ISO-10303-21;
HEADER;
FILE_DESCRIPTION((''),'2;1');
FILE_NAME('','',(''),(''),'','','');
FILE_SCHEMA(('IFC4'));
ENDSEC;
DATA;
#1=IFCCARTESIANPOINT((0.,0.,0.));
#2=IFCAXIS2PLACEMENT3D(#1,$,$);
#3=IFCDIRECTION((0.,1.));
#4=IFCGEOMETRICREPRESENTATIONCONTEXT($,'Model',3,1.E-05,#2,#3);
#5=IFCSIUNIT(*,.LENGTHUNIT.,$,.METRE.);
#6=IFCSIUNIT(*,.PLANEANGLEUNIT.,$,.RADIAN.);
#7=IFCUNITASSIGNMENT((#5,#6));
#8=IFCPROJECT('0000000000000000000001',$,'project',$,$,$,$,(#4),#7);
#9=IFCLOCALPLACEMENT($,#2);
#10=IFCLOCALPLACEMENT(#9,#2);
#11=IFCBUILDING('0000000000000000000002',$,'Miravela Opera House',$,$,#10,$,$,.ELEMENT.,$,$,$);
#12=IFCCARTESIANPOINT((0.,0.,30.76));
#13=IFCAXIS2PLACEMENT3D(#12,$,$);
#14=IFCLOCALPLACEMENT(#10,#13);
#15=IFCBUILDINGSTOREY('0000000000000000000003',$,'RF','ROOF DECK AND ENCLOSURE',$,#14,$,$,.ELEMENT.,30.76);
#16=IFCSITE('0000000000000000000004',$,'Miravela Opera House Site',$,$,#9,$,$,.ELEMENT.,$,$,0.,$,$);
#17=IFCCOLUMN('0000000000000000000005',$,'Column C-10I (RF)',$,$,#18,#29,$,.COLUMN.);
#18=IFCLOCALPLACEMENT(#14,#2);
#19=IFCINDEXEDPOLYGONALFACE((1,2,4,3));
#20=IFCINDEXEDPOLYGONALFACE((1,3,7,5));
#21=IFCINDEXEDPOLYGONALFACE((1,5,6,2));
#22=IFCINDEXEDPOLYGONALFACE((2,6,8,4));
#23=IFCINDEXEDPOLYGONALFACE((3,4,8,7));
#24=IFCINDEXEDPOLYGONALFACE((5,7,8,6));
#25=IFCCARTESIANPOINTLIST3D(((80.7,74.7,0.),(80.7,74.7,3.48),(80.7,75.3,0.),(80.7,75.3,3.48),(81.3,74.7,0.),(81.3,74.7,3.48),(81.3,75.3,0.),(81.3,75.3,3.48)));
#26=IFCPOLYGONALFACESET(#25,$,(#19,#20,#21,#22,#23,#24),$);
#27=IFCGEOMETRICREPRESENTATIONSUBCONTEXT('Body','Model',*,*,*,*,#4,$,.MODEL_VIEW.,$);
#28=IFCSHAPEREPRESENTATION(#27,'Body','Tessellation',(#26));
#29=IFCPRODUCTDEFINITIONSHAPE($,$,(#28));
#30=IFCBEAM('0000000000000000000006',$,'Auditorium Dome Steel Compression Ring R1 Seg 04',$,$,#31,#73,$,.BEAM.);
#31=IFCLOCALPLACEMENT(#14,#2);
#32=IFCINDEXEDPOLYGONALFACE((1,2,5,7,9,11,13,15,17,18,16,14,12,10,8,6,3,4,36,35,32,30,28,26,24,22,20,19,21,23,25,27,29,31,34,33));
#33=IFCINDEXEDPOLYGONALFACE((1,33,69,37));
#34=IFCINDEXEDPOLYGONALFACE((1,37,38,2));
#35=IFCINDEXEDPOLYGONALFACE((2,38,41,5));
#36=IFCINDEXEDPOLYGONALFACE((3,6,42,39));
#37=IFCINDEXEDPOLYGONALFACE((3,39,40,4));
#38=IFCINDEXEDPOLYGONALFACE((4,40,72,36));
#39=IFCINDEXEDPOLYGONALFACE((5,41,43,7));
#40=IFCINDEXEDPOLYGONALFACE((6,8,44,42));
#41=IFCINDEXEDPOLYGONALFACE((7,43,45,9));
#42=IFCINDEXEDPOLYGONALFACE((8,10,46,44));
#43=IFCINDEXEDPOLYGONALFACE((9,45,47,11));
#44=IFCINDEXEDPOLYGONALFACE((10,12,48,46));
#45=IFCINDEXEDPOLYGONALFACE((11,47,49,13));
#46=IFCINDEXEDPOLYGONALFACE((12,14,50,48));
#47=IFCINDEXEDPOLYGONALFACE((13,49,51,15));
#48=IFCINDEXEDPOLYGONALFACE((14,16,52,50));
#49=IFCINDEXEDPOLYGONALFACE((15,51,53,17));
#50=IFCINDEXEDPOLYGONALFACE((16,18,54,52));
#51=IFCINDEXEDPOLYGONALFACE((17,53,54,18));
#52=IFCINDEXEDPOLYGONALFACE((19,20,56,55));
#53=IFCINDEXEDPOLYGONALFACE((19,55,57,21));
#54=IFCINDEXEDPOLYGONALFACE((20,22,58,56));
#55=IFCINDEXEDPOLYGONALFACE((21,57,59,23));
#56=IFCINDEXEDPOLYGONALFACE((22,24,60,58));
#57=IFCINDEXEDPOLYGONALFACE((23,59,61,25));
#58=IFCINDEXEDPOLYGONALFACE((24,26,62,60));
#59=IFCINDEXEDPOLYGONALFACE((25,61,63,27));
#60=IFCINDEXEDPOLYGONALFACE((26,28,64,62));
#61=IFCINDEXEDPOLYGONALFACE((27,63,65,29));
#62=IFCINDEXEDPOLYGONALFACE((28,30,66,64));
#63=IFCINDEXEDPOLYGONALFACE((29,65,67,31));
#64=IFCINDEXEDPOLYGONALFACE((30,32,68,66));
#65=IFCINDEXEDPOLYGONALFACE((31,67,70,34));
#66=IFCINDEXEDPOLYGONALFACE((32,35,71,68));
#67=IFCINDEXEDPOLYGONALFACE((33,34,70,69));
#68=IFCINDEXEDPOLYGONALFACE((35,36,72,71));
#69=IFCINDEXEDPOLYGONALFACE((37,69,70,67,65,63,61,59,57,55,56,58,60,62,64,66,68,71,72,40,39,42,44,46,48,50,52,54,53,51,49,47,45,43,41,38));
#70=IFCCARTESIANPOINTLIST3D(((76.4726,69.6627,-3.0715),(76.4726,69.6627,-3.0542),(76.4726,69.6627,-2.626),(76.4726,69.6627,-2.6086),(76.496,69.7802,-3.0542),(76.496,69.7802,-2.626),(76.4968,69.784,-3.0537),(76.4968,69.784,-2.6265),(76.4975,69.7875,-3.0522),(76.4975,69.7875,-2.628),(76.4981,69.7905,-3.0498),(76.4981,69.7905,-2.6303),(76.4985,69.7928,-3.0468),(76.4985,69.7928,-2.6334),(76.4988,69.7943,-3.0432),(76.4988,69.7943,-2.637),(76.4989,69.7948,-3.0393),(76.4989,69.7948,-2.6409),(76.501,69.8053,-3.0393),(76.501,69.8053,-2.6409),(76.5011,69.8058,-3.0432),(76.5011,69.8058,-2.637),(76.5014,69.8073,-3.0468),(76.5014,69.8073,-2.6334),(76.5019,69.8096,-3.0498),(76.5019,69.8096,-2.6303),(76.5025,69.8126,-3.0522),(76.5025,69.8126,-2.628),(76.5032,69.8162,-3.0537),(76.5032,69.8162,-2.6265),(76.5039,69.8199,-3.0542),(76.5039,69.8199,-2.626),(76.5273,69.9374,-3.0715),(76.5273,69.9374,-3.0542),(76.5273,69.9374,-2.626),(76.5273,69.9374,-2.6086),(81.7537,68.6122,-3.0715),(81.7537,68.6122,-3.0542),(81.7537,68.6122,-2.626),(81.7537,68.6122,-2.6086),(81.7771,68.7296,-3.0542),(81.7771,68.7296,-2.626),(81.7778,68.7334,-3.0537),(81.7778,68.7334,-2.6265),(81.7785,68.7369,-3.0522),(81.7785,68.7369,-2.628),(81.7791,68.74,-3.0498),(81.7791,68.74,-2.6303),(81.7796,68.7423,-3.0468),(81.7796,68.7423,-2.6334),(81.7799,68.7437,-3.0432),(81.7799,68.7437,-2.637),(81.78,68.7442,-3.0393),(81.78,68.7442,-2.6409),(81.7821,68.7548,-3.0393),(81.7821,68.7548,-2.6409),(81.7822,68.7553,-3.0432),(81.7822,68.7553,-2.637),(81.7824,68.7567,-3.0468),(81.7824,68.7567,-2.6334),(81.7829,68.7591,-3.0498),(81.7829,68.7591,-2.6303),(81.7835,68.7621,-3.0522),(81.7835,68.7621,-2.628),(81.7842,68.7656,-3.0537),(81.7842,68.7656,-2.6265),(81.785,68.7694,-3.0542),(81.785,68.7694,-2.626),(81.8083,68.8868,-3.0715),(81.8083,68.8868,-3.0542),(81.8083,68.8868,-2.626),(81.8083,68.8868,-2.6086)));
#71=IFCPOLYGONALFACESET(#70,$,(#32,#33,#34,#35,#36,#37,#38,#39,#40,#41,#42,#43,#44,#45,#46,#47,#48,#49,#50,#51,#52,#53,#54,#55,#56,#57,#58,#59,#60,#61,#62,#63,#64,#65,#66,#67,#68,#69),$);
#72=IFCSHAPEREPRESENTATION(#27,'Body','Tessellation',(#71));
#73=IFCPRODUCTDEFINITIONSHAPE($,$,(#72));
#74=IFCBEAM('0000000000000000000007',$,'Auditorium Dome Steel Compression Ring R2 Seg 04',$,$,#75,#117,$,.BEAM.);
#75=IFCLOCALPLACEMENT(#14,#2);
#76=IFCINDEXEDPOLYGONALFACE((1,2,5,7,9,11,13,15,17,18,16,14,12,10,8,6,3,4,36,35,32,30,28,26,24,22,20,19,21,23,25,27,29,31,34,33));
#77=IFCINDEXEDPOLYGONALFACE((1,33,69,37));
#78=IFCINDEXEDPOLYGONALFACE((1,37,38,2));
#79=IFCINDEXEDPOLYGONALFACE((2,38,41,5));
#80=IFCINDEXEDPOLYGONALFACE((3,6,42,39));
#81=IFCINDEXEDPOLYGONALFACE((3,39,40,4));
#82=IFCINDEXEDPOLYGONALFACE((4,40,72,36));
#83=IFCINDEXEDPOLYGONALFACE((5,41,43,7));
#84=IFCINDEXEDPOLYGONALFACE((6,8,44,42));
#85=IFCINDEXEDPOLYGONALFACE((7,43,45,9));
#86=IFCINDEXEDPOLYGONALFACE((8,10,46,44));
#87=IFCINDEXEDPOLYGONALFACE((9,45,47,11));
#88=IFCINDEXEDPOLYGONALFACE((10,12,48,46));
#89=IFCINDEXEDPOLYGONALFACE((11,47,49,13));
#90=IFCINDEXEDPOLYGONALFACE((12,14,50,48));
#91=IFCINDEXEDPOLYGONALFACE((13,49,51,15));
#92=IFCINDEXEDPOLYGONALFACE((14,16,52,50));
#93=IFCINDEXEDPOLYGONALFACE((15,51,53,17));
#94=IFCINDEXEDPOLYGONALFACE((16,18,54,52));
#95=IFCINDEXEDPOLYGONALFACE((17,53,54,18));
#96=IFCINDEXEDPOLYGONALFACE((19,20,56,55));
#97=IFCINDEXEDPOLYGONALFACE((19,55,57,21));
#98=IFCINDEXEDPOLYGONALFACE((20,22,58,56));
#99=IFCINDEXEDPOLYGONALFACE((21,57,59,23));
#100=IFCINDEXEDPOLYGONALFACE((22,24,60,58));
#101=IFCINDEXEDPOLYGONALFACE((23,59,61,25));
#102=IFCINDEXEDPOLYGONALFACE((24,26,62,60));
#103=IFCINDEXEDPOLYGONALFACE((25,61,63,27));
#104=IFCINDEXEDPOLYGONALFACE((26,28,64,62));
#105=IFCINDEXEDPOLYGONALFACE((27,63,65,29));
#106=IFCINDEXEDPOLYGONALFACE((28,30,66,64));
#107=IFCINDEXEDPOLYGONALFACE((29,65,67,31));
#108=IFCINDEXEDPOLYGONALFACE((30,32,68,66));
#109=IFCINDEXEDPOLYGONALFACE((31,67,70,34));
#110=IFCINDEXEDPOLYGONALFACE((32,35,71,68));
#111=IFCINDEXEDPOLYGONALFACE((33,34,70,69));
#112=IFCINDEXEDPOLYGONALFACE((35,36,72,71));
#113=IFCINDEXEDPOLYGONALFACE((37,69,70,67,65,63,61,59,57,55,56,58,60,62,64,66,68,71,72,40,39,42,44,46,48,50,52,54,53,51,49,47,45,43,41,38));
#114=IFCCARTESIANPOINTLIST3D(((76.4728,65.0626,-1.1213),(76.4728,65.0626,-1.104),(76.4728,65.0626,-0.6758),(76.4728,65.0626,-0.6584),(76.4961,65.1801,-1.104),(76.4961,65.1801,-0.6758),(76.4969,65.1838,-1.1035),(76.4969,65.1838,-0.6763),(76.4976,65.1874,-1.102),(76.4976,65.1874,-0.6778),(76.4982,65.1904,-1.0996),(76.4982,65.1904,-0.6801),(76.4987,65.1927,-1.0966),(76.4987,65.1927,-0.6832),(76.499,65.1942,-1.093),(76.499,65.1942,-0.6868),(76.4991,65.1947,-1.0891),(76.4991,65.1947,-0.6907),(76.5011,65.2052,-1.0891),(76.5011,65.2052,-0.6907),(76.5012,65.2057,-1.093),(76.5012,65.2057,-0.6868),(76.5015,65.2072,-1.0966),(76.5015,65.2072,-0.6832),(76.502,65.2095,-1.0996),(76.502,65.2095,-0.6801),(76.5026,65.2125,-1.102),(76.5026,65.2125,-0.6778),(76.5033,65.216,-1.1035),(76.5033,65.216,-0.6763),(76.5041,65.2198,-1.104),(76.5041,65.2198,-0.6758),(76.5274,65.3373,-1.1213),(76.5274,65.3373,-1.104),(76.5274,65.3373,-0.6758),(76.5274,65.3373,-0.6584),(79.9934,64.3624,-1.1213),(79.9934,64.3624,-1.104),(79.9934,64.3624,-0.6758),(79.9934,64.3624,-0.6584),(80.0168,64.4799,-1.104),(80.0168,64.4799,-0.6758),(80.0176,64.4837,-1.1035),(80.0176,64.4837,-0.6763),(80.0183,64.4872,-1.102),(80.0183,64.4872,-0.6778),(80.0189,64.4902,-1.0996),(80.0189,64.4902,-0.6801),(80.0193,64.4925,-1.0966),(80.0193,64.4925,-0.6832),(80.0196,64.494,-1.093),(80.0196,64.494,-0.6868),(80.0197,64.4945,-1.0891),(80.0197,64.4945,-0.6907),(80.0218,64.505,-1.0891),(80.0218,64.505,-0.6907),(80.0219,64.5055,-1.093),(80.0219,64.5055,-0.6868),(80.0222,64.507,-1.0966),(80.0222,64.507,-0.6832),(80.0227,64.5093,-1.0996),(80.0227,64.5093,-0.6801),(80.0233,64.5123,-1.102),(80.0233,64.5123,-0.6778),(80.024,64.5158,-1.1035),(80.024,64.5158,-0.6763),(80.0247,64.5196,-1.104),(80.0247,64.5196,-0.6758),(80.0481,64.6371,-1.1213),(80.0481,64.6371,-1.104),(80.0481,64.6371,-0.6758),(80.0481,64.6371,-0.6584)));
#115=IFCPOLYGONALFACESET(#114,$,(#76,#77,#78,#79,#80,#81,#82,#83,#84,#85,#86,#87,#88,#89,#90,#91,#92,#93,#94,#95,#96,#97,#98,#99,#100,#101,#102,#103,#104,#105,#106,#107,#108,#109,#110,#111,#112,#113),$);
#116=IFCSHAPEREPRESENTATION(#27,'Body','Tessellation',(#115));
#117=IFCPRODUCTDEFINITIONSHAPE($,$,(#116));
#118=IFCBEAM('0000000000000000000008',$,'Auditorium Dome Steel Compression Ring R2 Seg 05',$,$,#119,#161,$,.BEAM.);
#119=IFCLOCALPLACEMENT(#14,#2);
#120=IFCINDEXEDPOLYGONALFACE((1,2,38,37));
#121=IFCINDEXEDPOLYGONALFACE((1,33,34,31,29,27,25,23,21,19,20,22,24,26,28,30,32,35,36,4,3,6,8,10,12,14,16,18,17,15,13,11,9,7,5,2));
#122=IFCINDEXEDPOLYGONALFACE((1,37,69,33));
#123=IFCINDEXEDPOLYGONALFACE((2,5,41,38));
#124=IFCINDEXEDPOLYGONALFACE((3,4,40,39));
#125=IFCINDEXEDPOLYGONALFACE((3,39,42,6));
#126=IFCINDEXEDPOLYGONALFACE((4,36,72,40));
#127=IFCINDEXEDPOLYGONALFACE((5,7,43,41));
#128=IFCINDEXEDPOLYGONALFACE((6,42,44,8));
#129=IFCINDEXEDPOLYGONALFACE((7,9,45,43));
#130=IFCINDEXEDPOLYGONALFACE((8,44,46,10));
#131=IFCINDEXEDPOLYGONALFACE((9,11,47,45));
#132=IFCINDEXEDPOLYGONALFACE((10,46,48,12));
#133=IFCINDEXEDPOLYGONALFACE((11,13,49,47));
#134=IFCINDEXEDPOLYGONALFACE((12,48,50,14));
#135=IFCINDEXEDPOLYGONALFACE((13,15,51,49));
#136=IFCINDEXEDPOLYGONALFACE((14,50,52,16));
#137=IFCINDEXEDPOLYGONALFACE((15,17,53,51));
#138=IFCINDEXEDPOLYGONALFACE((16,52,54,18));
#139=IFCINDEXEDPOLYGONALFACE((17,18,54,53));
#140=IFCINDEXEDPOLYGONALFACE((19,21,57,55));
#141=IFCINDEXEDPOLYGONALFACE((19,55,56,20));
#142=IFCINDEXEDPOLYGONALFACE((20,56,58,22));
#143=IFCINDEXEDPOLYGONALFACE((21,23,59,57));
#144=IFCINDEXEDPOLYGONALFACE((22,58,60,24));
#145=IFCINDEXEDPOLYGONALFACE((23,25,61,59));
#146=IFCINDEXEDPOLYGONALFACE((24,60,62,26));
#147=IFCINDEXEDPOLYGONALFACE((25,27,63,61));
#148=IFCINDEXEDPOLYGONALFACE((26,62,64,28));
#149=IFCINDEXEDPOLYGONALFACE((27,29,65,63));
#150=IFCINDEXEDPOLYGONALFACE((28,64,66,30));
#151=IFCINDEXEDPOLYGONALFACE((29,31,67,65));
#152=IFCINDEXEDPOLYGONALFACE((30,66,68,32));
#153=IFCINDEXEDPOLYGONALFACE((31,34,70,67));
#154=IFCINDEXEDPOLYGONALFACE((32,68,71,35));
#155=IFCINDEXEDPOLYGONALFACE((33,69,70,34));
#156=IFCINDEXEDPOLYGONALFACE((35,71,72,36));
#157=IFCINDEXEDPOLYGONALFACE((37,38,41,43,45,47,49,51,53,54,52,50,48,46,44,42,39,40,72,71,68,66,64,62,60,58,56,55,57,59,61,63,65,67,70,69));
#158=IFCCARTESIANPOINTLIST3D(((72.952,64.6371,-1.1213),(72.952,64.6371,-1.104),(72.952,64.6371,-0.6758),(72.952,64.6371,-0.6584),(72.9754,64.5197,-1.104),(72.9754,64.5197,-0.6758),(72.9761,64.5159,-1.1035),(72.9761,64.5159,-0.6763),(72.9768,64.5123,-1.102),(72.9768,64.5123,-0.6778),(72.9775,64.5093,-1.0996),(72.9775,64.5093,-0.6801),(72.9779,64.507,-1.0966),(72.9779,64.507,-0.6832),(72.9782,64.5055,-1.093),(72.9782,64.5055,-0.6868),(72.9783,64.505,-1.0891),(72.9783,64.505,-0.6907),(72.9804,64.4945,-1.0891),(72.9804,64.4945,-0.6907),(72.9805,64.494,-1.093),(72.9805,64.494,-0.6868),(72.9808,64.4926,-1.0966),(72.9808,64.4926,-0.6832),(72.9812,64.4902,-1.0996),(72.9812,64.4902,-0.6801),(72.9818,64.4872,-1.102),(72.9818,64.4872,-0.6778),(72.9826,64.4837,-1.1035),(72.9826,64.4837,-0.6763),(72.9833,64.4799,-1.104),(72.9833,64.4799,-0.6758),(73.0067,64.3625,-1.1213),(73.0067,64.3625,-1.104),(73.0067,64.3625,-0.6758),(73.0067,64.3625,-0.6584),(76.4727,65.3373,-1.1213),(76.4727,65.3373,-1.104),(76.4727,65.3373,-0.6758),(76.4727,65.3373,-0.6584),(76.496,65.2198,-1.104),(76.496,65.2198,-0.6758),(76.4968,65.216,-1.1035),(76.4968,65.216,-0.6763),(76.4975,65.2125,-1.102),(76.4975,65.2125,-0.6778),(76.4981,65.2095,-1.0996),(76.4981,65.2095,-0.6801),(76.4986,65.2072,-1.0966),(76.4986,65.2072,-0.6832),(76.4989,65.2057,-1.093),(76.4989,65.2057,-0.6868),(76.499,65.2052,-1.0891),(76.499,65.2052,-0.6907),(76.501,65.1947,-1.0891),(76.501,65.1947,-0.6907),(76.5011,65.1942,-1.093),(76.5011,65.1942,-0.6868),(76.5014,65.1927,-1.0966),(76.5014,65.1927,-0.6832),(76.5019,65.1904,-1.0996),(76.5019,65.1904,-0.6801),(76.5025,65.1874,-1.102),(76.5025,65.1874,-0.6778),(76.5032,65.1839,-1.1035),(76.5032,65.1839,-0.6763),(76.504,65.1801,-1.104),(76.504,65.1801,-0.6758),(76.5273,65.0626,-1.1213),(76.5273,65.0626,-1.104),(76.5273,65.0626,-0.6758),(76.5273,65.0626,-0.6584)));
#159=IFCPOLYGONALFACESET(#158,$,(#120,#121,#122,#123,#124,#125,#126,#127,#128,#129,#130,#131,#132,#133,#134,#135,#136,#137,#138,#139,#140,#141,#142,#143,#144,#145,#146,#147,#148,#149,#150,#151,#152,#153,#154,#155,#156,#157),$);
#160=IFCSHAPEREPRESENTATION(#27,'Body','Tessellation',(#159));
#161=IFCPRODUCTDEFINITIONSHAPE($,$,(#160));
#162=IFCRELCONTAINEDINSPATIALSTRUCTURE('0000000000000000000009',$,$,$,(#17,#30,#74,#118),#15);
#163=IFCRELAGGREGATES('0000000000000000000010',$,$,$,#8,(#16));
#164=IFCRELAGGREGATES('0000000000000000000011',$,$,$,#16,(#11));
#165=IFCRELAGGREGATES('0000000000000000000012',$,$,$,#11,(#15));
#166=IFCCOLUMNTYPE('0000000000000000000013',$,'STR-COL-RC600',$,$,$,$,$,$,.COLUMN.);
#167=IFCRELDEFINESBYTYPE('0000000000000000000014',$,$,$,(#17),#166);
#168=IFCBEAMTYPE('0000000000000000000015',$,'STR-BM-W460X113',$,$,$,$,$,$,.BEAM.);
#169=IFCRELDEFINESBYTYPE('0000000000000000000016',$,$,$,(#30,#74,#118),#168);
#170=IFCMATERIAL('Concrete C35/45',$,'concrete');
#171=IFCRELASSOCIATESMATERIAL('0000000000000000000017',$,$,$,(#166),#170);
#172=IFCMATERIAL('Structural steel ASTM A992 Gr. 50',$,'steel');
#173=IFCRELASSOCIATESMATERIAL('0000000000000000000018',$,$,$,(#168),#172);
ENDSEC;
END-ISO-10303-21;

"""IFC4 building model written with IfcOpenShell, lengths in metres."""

from ifc_helpers import new_model, si_unit, direction, frame, origin, origin_2d, place, context, subcontext, project, spatial, rectangle, i_section, extrude, material, material_profile, profile_set, type_object, element, save


model = new_model("IFC4")

# Units and contexts
model_context = context("Model", 3, precision=1e-05, world=origin(), true_north=direction((0.0, 1.0)))
body_context = subcontext(model_context, "Body", "Model", "MODEL_VIEW")
ifc_project = project(units=[si_unit("LENGTHUNIT", "METRE"), si_unit("PLANEANGLEUNIT", "RADIAN")], contexts=[model_context])

# Site, building, storey
site_placement = place(None, origin())
site = spatial("IfcSite", under=ifc_project, at=site_placement, Name="Miravela Opera House Site", CompositionType="ELEMENT", RefElevation=0.0)
building_placement = place(site_placement, origin())
building = spatial("IfcBuilding", under=site, at=building_placement, Name="Miravela Opera House", CompositionType="ELEMENT")
storey_placement = place(building_placement, frame((0.0, 0.0, 30.76)))
storey = spatial("IfcBuildingStorey", under=building, at=storey_placement, Name="RF", Description="ROOF DECK AND ENCLOSURE", CompositionType="ELEMENT", Elevation=30.76)

# Column
ifc_material_1 = material(Name="Concrete C35/45", Category="concrete")
ifc_material_profile_1 = material_profile(ifc_material_1, rectangle(XDim=0.6001, YDim=0.6001, at=origin_2d()), Name="RC-COL-600X600")
ifc_profile_set_1 = profile_set([ifc_material_profile_1])
column_type = type_object("IfcColumnType", Name="STR-COL-RC600", PredefinedType="COLUMN", material=ifc_profile_set_1)
column_placement = place(storey_placement, frame((81.0, 75.0, 0.0), z_axis=(0.0, 0.0, 1.0), x_axis=(1.0, 0.0, 0.0)))
element("IfcColumn", 1, at=column_placement, inside=storey, type_object=column_type, Name="Column C-10I (RF)", PredefinedType="COLUMN", context=body_context, shape_type="SweptSolid", body=[
    extrude(rectangle(XDim=0.6001, YDim=0.6001, at=origin_2d()), origin(), (0.0, 0.0, 1.0), 3.48),
])

# Beams
ifc_material_2 = material(Name="Structural steel ASTM A992 Gr. 50", Category="steel")
ifc_material_profile_2 = material_profile(ifc_material_2, i_section(OverallWidth=0.28, OverallDepth=0.4629, WebThickness=0.0107, FlangeThickness=0.0173, FilletRadius=0.0149, at=origin_2d()), Name="W460X113")
ifc_profile_set_2 = profile_set([ifc_material_profile_2])
beam_type = type_object("IfcBeamType", Name="STR-BM-W460X113", PredefinedType="BEAM", material=ifc_profile_set_2)
beam_placement = place(storey_placement, frame((81.781, 68.7495, -2.8401), z_axis=(-0.980782, 0.195105, 0.0), x_axis=(-0.195105, -0.980782, 0.0)))
element("IfcBeam", 2, at=beam_placement, inside=storey, type_object=beam_type, Name="Auditorium Dome Steel Compression Ring R1 Seg 04", PredefinedType="BEAM", context=body_context, shape_type="SweptSolid", body=[
    extrude(i_section(OverallWidth=0.28, OverallDepth=0.4629, WebThickness=0.0107, FlangeThickness=0.0173, FilletRadius=0.0149, at=origin_2d()), origin(), (0.0, 0.0, 1.0), 5.3845),
])
for number, where, z_axis, x_axis, name in (
    (3, (80.0208, 64.4998, -0.8899), (-0.980792, 0.195057, 0.0), (-0.195057, -0.980792, 0.0), "Auditorium Dome Steel Compression Ring R2 Seg 04"),
    (4, (76.5, 65.2, -0.8899), (-0.980792, -0.195057, 0.0), (0.195057, -0.980792, 0.0), "Auditorium Dome Steel Compression Ring R2 Seg 05"),
):
    element("IfcBeam", number, at=place(storey_placement, frame(where, z_axis=z_axis, x_axis=x_axis)), inside=storey, type_object=beam_type, Name=name, PredefinedType="BEAM", context=body_context, shape_type="SweptSolid", body=[
        extrude(i_section(OverallWidth=0.28, OverallDepth=0.4629, WebThickness=0.0107, FlangeThickness=0.0173, FilletRadius=0.0149, at=origin_2d()), origin(), (0.0, 0.0, 1.0), 3.5896),
    ])

save(model, "model.ifc")
